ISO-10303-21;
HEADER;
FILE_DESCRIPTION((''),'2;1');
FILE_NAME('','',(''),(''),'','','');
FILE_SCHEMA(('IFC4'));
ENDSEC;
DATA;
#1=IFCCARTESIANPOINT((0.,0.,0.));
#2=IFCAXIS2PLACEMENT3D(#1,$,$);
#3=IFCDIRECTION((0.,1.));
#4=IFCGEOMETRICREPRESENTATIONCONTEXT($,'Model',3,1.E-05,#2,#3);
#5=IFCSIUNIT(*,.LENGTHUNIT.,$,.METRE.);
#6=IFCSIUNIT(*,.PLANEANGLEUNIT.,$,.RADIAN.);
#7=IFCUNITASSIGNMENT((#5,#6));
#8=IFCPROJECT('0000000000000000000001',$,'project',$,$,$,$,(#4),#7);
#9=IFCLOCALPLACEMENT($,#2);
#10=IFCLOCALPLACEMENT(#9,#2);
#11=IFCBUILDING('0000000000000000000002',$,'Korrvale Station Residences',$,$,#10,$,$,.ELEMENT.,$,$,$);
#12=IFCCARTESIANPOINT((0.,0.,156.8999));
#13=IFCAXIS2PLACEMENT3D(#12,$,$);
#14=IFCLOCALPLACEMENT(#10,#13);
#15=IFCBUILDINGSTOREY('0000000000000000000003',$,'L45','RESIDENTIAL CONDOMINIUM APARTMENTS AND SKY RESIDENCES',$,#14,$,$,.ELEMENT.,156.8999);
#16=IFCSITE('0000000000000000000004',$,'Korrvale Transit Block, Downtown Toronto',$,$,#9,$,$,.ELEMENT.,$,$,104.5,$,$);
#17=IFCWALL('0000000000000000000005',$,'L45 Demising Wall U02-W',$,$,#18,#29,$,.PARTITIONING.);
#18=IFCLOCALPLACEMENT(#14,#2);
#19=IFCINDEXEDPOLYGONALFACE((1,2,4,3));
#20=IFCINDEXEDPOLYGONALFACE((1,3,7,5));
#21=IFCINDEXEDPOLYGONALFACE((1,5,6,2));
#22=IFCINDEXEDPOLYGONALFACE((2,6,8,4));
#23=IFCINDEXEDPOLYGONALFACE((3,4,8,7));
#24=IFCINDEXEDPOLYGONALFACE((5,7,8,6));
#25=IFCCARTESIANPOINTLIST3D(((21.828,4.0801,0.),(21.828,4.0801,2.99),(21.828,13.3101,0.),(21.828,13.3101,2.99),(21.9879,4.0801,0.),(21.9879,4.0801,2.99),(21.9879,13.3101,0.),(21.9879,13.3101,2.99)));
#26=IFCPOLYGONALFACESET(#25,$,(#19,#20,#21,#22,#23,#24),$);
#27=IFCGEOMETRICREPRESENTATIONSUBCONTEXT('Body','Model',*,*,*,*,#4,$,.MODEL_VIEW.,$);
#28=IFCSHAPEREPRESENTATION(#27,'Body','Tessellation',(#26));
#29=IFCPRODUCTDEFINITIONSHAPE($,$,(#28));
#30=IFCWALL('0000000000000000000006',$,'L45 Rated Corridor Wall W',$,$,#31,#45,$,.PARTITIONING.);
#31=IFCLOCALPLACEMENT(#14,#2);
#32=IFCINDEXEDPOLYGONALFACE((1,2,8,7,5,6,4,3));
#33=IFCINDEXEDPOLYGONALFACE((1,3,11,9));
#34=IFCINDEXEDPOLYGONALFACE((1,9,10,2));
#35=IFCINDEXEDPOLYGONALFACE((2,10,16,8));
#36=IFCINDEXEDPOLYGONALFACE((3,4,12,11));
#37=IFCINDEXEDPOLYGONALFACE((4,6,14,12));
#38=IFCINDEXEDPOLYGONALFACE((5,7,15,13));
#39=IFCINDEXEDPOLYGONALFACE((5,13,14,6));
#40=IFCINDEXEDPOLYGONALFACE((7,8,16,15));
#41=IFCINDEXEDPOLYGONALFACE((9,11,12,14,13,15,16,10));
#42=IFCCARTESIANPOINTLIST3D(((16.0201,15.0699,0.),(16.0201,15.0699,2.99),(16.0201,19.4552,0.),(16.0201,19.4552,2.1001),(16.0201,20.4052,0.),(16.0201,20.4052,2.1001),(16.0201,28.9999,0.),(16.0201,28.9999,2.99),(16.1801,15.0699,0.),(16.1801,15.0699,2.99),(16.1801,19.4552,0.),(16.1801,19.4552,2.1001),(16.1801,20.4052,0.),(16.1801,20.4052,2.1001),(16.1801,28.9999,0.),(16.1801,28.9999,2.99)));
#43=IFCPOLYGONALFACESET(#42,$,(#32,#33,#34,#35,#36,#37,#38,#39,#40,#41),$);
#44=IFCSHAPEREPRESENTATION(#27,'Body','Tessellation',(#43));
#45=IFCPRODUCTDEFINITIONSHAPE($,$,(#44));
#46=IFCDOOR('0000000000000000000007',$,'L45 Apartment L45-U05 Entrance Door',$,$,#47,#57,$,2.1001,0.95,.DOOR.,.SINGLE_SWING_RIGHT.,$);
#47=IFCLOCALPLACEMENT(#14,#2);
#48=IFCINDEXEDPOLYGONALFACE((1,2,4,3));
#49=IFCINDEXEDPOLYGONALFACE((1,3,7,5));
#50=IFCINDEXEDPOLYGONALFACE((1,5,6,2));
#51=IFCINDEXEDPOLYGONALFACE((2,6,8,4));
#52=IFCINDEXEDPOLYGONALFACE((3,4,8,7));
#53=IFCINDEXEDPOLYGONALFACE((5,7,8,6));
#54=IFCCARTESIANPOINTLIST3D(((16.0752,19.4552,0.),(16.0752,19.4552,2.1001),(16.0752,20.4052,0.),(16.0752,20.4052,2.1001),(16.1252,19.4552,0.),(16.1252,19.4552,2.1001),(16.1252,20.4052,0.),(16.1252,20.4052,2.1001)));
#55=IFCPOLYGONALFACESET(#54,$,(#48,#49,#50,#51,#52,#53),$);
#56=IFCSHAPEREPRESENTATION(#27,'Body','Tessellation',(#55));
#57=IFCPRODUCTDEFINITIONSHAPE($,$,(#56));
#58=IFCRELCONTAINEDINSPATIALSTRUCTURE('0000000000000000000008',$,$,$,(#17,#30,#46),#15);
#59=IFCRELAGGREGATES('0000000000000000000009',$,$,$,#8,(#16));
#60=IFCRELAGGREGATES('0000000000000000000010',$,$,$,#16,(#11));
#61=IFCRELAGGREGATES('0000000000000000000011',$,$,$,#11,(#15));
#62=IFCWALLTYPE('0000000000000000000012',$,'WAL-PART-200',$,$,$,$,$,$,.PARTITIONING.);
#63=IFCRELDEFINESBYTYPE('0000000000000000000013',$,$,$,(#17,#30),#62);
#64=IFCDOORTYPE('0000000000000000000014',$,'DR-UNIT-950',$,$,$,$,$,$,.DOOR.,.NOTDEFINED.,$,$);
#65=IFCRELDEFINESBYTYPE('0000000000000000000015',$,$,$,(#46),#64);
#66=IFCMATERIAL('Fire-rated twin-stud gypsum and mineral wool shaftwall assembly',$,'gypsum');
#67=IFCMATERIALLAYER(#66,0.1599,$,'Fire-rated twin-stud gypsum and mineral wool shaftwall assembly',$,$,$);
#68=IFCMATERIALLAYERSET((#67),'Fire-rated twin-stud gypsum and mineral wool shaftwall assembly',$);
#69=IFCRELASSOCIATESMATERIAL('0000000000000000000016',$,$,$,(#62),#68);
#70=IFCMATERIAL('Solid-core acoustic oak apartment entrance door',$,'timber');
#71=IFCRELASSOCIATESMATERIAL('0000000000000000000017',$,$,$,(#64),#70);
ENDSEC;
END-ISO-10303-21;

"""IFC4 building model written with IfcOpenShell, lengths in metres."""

from ifc_helpers import new_model, si_unit, direction, frame, frame_2d, origin, place, context, subcontext, project, spatial, rectangle, extrude, material, layer, layer_set, type_object, element, fill, save


model = new_model("IFC4")

# Units and contexts
model_context = context("Model", 3, precision=1e-05, world=origin(), true_north=direction((0.0, 1.0)))
body_context = subcontext(model_context, "Body", "Model", "MODEL_VIEW")
ifc_project = project(units=[si_unit("LENGTHUNIT", "METRE"), si_unit("PLANEANGLEUNIT", "RADIAN")], contexts=[model_context])

# Site, building, storey
site_placement = place(None, origin())
site = spatial("IfcSite", under=ifc_project, at=site_placement, Name="Korrvale Transit Block, Downtown Toronto", CompositionType="ELEMENT", RefElevation=104.5)
building_placement = place(site_placement, origin())
building = spatial("IfcBuilding", under=site, at=building_placement, Name="Korrvale Station Residences", CompositionType="ELEMENT")
storey_placement = place(building_placement, frame((0.0, 0.0, 156.8999)))
storey = spatial("IfcBuildingStorey", under=building, at=storey_placement, Name="L45", Description="RESIDENTIAL CONDOMINIUM APARTMENTS AND SKY RESIDENCES", CompositionType="ELEMENT", Elevation=156.8999)

# Shared definitions
ifc_material_1 = material(Name="Fire-rated twin-stud gypsum and mineral wool shaftwall assembly", Category="gypsum")
ifc_layer_1 = layer(ifc_material_1, 0.1599, Name="Fire-rated twin-stud gypsum and mineral wool shaftwall assembly")
ifc_layer_set_1 = layer_set([ifc_layer_1], Name="Fire-rated twin-stud gypsum and mineral wool shaftwall assembly")
wall_type_1 = type_object("IfcWallType", Name="WAL-PART-200", PredefinedType="PARTITIONING", material=ifc_layer_set_1)

# Wall
wall_1_placement = place(storey_placement, frame((21.908, 4.0801, 0.0), z_axis=(0.0, 0.0, 1.0), x_axis=(0.0, 1.0, 0.0)))
element("IfcWall", 1, at=wall_1_placement, inside=storey, type_object=wall_type_1, Name="L45 Demising Wall U02-W", PredefinedType="PARTITIONING", context=body_context, shape_type="SweptSolid", body=[
    extrude(rectangle(XDim=9.23, YDim=0.1599, at=frame_2d((4.615, 0.0))), origin(), (0.0, 0.0, 1.0), 2.99),
])

# Wall, opening, door
wall_2_placement = place(storey_placement, frame((16.1001, 15.0701, 0.0), z_axis=(0.0, 0.0, 1.0), x_axis=(0.0, 1.0, 0.0)))
wall_2 = element("IfcWall", 2, at=wall_2_placement, inside=storey, type_object=wall_type_1, Name="L45 Rated Corridor Wall W", PredefinedType="PARTITIONING", context=body_context, shape_type="SweptSolid", body=[
    extrude(rectangle(XDim=13.9299, YDim=0.1599, at=frame_2d((6.9648, 0.0))), origin(), (0.0, 0.0, 1.0), 2.99),
])
opening_1_placement = place(wall_2_placement, frame((4.385, 0.0, 0.0)))
opening_1 = element("IfcOpeningElement", 3, at=opening_1_placement, cuts=wall_2, PredefinedType="OPENING", context=body_context, shape_type="SweptSolid", body=[
    extrude(rectangle(XDim=0.95, YDim=2.1001, at=frame_2d((0.4751, 1.05))), frame((0.0, 0.0898, 0.0), z_axis=(0.0, -1.0, 0.0), x_axis=(1.0, 0.0, 0.0)), (0.0, 0.0, 1.0), 0.1799),
])
ifc_material_2 = material(Name="Solid-core acoustic oak apartment entrance door", Category="timber")
door_type_1 = type_object("IfcDoorType", Name="DR-UNIT-950", OperationType="NOTDEFINED", PredefinedType="DOOR", material=ifc_material_2)
door_1_placement = place(opening_1_placement, origin())
door_1 = element("IfcDoor", 4, at=door_1_placement, inside=storey, type_object=door_type_1, Name="L45 Apartment L45-U05 Entrance Door", OperationType="SINGLE_SWING_RIGHT", OverallHeight=2.1001, OverallWidth=0.95, PredefinedType="DOOR", context=body_context, shape_type="SweptSolid", body=[
    extrude(rectangle(XDim=0.95, YDim=2.1001, at=frame_2d((0.4751, 1.05))), frame((0.0, 0.0249, 0.0), z_axis=(0.0, -1.0, 0.0), x_axis=(1.0, 0.0, 0.0)), (0.0, 0.0, 1.0), 0.05),
])
fill(opening_1, door_1)

save(model, "model.ifc")
